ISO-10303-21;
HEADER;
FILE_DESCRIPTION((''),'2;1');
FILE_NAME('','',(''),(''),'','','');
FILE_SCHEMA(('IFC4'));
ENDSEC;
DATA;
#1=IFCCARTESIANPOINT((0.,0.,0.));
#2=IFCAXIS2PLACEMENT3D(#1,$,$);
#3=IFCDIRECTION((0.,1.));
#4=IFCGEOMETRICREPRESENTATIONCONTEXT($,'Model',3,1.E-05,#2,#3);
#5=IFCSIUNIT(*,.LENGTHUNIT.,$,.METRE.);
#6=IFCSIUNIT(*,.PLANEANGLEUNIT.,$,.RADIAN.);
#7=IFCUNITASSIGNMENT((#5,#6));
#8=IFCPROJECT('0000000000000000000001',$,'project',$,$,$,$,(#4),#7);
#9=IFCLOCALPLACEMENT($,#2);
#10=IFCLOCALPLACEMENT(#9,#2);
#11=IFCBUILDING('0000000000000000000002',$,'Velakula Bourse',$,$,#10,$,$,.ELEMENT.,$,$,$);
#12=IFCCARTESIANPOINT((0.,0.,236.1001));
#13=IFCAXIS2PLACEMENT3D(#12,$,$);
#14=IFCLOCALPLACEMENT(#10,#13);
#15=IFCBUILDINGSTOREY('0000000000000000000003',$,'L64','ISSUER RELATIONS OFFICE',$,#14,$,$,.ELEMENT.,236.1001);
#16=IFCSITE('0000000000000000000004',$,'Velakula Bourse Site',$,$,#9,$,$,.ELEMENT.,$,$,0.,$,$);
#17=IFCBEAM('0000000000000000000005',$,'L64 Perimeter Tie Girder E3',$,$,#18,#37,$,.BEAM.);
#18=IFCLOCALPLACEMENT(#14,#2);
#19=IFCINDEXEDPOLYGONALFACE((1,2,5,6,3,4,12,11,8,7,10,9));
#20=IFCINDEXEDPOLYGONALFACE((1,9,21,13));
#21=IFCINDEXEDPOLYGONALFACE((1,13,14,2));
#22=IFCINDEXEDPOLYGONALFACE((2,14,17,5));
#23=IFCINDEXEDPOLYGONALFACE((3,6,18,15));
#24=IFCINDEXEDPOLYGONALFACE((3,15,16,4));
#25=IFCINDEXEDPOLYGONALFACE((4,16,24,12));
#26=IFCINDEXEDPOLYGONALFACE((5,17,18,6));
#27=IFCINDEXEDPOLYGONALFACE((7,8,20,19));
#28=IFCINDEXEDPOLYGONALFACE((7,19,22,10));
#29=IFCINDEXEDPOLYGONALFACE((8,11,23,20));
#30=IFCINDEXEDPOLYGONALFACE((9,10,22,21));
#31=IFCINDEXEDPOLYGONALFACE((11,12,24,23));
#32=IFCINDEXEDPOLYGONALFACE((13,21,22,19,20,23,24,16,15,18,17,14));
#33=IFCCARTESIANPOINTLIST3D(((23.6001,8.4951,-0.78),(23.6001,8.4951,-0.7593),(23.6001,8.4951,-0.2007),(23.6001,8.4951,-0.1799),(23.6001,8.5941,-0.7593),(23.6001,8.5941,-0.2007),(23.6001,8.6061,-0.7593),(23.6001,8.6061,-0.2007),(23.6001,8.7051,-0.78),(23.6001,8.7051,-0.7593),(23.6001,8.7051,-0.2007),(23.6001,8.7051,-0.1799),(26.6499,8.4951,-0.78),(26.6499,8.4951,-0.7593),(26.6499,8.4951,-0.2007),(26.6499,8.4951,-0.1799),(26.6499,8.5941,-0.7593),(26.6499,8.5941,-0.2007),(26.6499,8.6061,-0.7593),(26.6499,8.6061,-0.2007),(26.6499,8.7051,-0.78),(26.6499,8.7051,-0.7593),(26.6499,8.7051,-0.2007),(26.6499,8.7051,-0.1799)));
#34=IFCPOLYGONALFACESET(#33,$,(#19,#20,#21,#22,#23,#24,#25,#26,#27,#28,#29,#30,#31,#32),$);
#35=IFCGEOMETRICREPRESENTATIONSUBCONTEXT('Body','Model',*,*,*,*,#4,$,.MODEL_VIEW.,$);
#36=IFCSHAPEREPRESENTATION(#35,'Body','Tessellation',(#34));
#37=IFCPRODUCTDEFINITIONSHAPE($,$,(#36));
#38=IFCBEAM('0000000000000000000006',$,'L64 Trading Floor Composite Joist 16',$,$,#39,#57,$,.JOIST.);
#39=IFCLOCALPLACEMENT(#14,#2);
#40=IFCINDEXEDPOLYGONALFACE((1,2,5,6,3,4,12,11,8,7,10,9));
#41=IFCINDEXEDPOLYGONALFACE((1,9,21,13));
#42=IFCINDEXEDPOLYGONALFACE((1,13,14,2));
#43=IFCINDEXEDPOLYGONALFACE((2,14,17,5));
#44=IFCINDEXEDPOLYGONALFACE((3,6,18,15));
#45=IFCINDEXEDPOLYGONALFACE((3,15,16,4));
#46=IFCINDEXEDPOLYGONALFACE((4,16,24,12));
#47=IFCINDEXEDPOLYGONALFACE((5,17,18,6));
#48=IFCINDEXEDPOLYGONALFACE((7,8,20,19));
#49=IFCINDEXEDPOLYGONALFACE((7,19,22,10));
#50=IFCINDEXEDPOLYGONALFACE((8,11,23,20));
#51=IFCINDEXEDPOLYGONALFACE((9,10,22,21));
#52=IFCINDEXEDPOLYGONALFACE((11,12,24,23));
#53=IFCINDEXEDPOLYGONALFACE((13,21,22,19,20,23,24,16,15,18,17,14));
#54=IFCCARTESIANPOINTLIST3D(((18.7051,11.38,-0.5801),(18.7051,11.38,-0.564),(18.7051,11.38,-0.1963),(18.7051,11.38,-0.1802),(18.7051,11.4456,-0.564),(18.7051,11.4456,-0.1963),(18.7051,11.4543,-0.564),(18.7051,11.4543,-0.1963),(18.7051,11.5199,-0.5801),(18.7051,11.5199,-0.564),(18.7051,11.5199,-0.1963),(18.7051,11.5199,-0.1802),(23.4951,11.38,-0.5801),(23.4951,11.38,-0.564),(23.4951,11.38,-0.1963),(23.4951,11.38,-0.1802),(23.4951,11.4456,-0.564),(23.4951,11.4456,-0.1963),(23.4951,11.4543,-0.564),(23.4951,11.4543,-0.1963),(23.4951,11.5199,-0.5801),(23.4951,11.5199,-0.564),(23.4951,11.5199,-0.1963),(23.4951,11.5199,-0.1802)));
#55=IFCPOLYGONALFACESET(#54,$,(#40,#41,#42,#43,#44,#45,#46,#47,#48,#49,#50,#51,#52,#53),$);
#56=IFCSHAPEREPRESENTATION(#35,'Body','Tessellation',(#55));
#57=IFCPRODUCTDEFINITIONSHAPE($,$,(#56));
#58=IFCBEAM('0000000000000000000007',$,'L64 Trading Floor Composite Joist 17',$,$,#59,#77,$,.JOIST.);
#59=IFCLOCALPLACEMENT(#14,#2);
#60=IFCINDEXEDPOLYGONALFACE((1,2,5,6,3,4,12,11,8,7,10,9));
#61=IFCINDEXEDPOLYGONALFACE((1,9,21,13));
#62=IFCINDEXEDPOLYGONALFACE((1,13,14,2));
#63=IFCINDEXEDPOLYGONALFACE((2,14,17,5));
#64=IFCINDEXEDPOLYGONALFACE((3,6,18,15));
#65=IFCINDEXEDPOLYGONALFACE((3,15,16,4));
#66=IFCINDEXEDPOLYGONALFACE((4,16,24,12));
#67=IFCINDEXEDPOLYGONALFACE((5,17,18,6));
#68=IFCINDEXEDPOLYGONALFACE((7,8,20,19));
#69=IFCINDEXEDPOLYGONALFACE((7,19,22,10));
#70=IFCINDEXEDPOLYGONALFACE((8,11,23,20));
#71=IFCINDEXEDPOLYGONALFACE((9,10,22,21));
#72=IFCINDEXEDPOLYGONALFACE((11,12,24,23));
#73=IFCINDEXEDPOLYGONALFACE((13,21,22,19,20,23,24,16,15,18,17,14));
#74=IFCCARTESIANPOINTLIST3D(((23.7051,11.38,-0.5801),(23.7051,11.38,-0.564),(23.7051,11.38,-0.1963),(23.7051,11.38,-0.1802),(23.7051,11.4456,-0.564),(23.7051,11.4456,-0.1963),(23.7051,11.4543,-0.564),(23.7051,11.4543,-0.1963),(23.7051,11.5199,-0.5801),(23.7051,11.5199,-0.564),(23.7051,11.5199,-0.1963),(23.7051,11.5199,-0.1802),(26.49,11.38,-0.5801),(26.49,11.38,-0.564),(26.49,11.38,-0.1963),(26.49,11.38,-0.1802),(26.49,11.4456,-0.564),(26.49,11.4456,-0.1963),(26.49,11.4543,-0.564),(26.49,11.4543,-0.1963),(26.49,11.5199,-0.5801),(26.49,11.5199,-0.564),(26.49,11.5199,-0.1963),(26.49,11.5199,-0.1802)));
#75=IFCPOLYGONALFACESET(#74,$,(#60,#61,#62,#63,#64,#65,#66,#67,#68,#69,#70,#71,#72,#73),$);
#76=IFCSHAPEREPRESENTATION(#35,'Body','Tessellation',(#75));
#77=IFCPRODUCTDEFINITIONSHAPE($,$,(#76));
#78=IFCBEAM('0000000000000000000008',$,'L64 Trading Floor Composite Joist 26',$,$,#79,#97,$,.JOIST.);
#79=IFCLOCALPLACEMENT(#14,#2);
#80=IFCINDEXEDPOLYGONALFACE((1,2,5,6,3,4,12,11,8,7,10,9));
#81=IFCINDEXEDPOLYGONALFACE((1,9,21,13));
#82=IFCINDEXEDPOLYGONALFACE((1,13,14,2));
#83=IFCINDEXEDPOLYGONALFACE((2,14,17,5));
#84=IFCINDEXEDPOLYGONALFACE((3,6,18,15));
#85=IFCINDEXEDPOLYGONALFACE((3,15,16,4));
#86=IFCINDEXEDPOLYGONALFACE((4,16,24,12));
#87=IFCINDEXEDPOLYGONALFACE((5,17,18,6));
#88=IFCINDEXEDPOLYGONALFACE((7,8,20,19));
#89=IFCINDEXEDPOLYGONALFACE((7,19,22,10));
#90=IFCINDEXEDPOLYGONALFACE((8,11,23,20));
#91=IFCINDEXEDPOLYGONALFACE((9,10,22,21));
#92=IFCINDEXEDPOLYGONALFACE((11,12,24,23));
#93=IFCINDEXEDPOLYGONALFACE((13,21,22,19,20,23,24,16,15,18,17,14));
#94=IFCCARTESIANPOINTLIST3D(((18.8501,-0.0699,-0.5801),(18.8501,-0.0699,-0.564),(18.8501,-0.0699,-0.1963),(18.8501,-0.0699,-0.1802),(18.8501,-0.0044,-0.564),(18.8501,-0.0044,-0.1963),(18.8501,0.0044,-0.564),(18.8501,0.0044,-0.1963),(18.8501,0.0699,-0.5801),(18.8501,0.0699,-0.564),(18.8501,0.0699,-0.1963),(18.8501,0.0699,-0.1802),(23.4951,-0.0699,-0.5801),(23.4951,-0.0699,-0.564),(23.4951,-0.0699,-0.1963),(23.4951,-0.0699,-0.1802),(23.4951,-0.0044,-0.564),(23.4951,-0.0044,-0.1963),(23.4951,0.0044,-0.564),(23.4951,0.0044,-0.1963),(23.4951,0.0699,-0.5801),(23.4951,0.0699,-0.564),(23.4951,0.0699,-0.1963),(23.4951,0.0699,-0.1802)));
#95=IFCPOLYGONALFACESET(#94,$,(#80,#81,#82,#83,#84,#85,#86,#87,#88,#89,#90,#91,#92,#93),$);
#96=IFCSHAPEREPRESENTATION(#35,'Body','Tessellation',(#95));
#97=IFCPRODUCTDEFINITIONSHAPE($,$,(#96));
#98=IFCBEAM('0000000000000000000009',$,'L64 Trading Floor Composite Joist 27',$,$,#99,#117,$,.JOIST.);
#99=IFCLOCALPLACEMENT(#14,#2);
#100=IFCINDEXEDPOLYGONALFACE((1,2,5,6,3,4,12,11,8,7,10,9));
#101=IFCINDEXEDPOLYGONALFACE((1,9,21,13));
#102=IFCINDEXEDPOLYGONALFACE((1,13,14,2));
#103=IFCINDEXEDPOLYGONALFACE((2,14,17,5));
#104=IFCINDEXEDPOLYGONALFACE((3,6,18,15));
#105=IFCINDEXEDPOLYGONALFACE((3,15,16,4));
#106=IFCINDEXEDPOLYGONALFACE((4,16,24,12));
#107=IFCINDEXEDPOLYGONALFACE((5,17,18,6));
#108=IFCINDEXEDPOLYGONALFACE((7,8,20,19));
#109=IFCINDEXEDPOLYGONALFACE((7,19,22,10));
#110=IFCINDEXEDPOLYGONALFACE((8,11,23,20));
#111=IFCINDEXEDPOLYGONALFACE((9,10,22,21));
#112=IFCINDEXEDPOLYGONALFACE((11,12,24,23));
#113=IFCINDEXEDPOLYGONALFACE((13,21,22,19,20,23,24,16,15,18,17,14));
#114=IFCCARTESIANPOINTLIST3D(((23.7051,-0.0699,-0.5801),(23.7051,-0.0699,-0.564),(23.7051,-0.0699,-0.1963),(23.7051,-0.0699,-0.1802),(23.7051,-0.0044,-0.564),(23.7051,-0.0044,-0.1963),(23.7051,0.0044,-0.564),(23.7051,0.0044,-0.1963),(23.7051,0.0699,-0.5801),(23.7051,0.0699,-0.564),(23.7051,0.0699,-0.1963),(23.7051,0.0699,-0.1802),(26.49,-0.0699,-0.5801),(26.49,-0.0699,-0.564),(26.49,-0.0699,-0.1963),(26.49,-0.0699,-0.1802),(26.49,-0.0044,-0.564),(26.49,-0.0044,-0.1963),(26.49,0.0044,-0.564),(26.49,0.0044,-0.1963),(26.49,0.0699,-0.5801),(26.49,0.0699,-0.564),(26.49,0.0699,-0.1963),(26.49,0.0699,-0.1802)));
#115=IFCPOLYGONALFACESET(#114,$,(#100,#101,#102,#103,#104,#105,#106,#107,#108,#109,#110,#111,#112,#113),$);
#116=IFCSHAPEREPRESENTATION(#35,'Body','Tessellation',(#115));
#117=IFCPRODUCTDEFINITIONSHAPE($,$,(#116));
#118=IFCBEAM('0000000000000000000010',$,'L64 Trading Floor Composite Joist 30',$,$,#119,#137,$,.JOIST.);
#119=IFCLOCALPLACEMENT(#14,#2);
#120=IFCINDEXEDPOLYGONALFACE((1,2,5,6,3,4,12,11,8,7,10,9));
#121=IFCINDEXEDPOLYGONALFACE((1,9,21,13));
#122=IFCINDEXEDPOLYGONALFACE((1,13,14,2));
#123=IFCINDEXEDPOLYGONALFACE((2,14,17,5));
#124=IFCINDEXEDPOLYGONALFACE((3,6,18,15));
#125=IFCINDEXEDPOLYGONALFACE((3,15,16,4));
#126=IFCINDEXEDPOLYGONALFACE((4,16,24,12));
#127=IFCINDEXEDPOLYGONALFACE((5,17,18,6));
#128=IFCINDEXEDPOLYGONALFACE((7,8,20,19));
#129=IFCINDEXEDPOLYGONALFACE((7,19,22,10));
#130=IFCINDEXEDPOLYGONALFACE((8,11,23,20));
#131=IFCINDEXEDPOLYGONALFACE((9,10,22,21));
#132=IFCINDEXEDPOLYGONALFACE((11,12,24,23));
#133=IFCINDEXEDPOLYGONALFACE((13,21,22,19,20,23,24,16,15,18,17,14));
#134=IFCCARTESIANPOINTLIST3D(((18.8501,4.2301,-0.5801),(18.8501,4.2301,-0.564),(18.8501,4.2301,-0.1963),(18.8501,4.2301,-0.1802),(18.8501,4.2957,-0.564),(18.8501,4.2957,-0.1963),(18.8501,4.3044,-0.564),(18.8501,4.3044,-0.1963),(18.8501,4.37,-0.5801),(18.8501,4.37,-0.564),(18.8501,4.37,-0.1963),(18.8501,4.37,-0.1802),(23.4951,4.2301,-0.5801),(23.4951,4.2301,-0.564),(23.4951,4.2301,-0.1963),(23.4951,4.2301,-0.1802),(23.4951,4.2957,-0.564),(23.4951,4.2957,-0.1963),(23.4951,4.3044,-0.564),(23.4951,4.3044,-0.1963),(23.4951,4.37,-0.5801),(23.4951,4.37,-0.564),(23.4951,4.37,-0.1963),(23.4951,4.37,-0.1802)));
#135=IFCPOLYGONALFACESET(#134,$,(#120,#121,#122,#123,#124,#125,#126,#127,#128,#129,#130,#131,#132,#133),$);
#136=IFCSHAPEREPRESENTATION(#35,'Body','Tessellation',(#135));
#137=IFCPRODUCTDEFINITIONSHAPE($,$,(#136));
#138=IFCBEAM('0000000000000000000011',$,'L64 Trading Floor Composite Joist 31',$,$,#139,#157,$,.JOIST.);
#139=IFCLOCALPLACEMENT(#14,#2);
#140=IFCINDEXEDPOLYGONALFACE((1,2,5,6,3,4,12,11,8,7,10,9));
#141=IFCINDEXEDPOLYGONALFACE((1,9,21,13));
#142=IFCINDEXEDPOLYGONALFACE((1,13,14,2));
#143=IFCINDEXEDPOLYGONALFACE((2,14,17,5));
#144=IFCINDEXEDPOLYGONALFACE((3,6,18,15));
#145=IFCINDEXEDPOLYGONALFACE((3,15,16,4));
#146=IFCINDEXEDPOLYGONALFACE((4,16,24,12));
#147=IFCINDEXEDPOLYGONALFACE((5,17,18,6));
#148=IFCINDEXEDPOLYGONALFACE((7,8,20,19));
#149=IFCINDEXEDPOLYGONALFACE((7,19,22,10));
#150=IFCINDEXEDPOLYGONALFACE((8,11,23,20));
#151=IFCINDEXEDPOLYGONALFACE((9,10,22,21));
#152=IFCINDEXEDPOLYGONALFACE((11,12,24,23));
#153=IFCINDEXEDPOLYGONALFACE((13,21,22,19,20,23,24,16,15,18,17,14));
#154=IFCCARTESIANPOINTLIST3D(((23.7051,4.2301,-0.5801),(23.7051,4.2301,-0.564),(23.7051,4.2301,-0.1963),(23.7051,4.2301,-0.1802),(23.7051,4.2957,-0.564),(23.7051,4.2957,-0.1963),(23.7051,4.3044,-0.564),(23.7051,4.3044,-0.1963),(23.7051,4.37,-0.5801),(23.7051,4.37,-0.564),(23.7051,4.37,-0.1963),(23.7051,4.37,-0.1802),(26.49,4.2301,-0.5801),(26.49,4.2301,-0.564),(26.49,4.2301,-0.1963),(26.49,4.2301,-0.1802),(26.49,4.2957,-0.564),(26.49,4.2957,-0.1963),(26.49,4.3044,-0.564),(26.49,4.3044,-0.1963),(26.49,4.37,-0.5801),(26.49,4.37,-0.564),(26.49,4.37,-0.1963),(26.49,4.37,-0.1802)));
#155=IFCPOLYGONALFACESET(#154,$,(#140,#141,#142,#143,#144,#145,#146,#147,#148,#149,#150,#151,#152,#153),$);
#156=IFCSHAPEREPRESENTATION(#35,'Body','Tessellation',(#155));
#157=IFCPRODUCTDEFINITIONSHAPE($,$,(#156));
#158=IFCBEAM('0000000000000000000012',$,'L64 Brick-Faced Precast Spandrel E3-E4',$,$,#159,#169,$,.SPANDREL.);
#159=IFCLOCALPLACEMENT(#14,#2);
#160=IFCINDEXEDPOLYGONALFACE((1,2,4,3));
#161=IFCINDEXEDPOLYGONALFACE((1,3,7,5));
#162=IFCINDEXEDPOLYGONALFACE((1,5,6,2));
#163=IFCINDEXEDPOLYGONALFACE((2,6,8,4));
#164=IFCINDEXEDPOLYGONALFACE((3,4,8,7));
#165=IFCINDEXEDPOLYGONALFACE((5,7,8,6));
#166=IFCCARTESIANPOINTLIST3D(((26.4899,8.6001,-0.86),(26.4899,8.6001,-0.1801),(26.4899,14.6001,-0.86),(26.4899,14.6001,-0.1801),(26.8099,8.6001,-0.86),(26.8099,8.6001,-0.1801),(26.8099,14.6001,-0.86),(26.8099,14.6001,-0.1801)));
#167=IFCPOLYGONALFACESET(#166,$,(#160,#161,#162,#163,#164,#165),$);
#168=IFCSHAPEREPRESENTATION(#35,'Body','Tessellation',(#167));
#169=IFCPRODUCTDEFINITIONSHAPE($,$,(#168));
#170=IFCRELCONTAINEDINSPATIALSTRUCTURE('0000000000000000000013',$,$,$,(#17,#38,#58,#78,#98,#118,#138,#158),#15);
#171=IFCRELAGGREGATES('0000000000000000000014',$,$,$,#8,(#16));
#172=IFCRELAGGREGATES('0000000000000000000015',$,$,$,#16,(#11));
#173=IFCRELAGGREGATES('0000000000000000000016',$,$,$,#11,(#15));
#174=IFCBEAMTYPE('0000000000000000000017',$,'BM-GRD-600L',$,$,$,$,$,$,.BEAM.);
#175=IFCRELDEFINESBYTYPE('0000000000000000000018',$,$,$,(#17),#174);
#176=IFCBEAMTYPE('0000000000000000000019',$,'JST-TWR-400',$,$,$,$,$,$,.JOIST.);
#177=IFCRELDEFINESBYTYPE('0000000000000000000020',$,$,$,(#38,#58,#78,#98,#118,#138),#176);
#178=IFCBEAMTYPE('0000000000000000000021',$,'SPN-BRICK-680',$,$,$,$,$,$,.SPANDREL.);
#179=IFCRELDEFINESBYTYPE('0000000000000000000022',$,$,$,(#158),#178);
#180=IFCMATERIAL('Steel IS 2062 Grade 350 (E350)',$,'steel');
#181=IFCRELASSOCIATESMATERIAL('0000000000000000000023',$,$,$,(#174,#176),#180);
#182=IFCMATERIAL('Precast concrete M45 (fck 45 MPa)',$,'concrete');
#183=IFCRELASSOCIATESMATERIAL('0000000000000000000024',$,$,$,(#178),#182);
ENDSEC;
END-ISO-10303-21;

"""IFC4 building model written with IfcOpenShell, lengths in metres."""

from ifc_helpers import new_model, si_unit, direction, frame, origin, origin_2d, place, context, subcontext, project, spatial, rectangle, i_section, extrude, material, material_profile, profile_set, type_object, element, save


model = new_model("IFC4")

# Units and contexts
model_context = context("Model", 3, precision=1e-05, world=origin(), true_north=direction((0.0, 1.0)))
body_context = subcontext(model_context, "Body", "Model", "MODEL_VIEW")
ifc_project = project(units=[si_unit("LENGTHUNIT", "METRE"), si_unit("PLANEANGLEUNIT", "RADIAN")], contexts=[model_context])

# Site, building, storey
site_placement = place(None, origin())
site = spatial("IfcSite", under=ifc_project, at=site_placement, Name="Velakula Bourse Site", CompositionType="ELEMENT", RefElevation=0.0)
building_placement = place(site_placement, origin())
building = spatial("IfcBuilding", under=site, at=building_placement, Name="Velakula Bourse", CompositionType="ELEMENT")
storey_placement = place(building_placement, frame((0.0, 0.0, 236.1001)))
storey = spatial("IfcBuildingStorey", under=building, at=storey_placement, Name="L64", Description="ISSUER RELATIONS OFFICE", CompositionType="ELEMENT", Elevation=236.1001)

# Shared definitions
ifc_material_1 = material(Name="Steel IS 2062 Grade 350 (E350)", Category="steel")

# Beams
ifc_material_profile_1 = material_profile(ifc_material_1, i_section(OverallWidth=0.21, OverallDepth=0.6001, WebThickness=0.012, FlangeThickness=0.0208, at=origin_2d()), Name="Steel IS 2062 Grade 350 (E350)")
ifc_profile_set_1 = profile_set([ifc_material_profile_1], Name="Steel IS 2062 Grade 350 (E350)")
beam_type_1 = type_object("IfcBeamType", Name="BM-GRD-600L", PredefinedType="BEAM", material=ifc_profile_set_1)
beam_1_placement = place(storey_placement, frame((23.6001, 8.6001, -0.48), z_axis=(1.0, 0.0, 0.0), x_axis=(0.0, 1.0, 0.0)))
element("IfcBeam", 1, at=beam_1_placement, inside=storey, type_object=beam_type_1, Name="L64 Perimeter Tie Girder E3", PredefinedType="BEAM", context=body_context, shape_type="SweptSolid", body=[
    extrude(i_section(OverallWidth=0.21, OverallDepth=0.6001, WebThickness=0.012, FlangeThickness=0.0208, at=origin_2d()), origin(), (0.0, 0.0, 1.0), 3.0498),
])
ifc_material_profile_2 = material_profile(ifc_material_1, i_section(OverallWidth=0.1399, OverallDepth=0.3999, WebThickness=0.0088, FlangeThickness=0.0161, at=origin_2d()), Name="Steel IS 2062 Grade 350 (E350)")
ifc_profile_set_2 = profile_set([ifc_material_profile_2], Name="Steel IS 2062 Grade 350 (E350)")
beam_type_2 = type_object("IfcBeamType", Name="JST-TWR-400", PredefinedType="JOIST", material=ifc_profile_set_2)
beam_2_placement = place(storey_placement, frame((18.7051, 11.45, -0.3801), z_axis=(1.0, 0.0, 0.0), x_axis=(0.0, 1.0, 0.0)))
element("IfcBeam", 2, at=beam_2_placement, inside=storey, type_object=beam_type_2, Name="L64 Trading Floor Composite Joist 16", PredefinedType="JOIST", context=body_context, shape_type="SweptSolid", body=[
    extrude(i_section(OverallWidth=0.1399, OverallDepth=0.3999, WebThickness=0.0088, FlangeThickness=0.0161, at=origin_2d()), origin(), (0.0, 0.0, 1.0), 4.79),
])
beam_3_placement = place(storey_placement, frame((23.7051, 11.45, -0.3801), z_axis=(1.0, 0.0, 0.0), x_axis=(0.0, 1.0, 0.0)))
element("IfcBeam", 3, at=beam_3_placement, inside=storey, type_object=beam_type_2, Name="L64 Trading Floor Composite Joist 17", PredefinedType="JOIST", context=body_context, shape_type="SweptSolid", body=[
    extrude(i_section(OverallWidth=0.1399, OverallDepth=0.3999, WebThickness=0.0088, FlangeThickness=0.0161, at=origin_2d()), origin(), (0.0, 0.0, 1.0), 2.7849),
])
beam_4_placement = place(storey_placement, frame((18.8501, 0.0, -0.3801), z_axis=(1.0, 0.0, 0.0), x_axis=(0.0, 1.0, 0.0)))
element("IfcBeam", 4, at=beam_4_placement, inside=storey, type_object=beam_type_2, Name="L64 Trading Floor Composite Joist 26", PredefinedType="JOIST", context=body_context, shape_type="SweptSolid", body=[
    extrude(i_section(OverallWidth=0.1399, OverallDepth=0.3999, WebThickness=0.0088, FlangeThickness=0.0161, at=origin_2d()), origin(), (0.0, 0.0, 1.0), 4.645),
])
beam_5_placement = place(storey_placement, frame((23.7051, 0.0, -0.3801), z_axis=(1.0, 0.0, 0.0), x_axis=(0.0, 1.0, 0.0)))
element("IfcBeam", 5, at=beam_5_placement, inside=storey, type_object=beam_type_2, Name="L64 Trading Floor Composite Joist 27", PredefinedType="JOIST", context=body_context, shape_type="SweptSolid", body=[
    extrude(i_section(OverallWidth=0.1399, OverallDepth=0.3999, WebThickness=0.0088, FlangeThickness=0.0161, at=origin_2d()), origin(), (0.0, 0.0, 1.0), 2.7849),
])
beam_6_placement = place(storey_placement, frame((18.8501, 4.3, -0.3801), z_axis=(1.0, 0.0, 0.0), x_axis=(0.0, 1.0, 0.0)))
element("IfcBeam", 6, at=beam_6_placement, inside=storey, type_object=beam_type_2, Name="L64 Trading Floor Composite Joist 30", PredefinedType="JOIST", context=body_context, shape_type="SweptSolid", body=[
    extrude(i_section(OverallWidth=0.1399, OverallDepth=0.3999, WebThickness=0.0088, FlangeThickness=0.0161, at=origin_2d()), origin(), (0.0, 0.0, 1.0), 4.645),
])
beam_7_placement = place(storey_placement, frame((23.7051, 4.3, -0.3801), z_axis=(1.0, 0.0, 0.0), x_axis=(0.0, 1.0, 0.0)))
element("IfcBeam", 7, at=beam_7_placement, inside=storey, type_object=beam_type_2, Name="L64 Trading Floor Composite Joist 31", PredefinedType="JOIST", context=body_context, shape_type="SweptSolid", body=[
    extrude(i_section(OverallWidth=0.1399, OverallDepth=0.3999, WebThickness=0.0088, FlangeThickness=0.0161, at=origin_2d()), origin(), (0.0, 0.0, 1.0), 2.7849),
])
ifc_material_2 = material(Name="Precast concrete M45 (fck 45 MPa)", Category="concrete")
ifc_material_profile_3 = material_profile(ifc_material_2, rectangle(XDim=0.3201, YDim=0.6799, at=origin_2d()), Name="Precast concrete M45 (fck 45 MPa)")
ifc_profile_set_3 = profile_set([ifc_material_profile_3], Name="Precast concrete M45 (fck 45 MPa)")
beam_type_3 = type_object("IfcBeamType", Name="SPN-BRICK-680", PredefinedType="SPANDREL", material=ifc_profile_set_3)
beam_8_placement = place(storey_placement, frame((26.6499, 8.6001, -0.52), z_axis=(0.0, 1.0, 0.0), x_axis=(-1.0, 0.0, 0.0)))
element("IfcBeam", 8, at=beam_8_placement, inside=storey, type_object=beam_type_3, Name="L64 Brick-Faced Precast Spandrel E3-E4", PredefinedType="SPANDREL", context=body_context, shape_type="SweptSolid", body=[
    extrude(rectangle(XDim=0.3201, YDim=0.6799, at=origin_2d()), origin(), (0.0, 0.0, 1.0), 6.0),
])

save(model, "model.ifc")
